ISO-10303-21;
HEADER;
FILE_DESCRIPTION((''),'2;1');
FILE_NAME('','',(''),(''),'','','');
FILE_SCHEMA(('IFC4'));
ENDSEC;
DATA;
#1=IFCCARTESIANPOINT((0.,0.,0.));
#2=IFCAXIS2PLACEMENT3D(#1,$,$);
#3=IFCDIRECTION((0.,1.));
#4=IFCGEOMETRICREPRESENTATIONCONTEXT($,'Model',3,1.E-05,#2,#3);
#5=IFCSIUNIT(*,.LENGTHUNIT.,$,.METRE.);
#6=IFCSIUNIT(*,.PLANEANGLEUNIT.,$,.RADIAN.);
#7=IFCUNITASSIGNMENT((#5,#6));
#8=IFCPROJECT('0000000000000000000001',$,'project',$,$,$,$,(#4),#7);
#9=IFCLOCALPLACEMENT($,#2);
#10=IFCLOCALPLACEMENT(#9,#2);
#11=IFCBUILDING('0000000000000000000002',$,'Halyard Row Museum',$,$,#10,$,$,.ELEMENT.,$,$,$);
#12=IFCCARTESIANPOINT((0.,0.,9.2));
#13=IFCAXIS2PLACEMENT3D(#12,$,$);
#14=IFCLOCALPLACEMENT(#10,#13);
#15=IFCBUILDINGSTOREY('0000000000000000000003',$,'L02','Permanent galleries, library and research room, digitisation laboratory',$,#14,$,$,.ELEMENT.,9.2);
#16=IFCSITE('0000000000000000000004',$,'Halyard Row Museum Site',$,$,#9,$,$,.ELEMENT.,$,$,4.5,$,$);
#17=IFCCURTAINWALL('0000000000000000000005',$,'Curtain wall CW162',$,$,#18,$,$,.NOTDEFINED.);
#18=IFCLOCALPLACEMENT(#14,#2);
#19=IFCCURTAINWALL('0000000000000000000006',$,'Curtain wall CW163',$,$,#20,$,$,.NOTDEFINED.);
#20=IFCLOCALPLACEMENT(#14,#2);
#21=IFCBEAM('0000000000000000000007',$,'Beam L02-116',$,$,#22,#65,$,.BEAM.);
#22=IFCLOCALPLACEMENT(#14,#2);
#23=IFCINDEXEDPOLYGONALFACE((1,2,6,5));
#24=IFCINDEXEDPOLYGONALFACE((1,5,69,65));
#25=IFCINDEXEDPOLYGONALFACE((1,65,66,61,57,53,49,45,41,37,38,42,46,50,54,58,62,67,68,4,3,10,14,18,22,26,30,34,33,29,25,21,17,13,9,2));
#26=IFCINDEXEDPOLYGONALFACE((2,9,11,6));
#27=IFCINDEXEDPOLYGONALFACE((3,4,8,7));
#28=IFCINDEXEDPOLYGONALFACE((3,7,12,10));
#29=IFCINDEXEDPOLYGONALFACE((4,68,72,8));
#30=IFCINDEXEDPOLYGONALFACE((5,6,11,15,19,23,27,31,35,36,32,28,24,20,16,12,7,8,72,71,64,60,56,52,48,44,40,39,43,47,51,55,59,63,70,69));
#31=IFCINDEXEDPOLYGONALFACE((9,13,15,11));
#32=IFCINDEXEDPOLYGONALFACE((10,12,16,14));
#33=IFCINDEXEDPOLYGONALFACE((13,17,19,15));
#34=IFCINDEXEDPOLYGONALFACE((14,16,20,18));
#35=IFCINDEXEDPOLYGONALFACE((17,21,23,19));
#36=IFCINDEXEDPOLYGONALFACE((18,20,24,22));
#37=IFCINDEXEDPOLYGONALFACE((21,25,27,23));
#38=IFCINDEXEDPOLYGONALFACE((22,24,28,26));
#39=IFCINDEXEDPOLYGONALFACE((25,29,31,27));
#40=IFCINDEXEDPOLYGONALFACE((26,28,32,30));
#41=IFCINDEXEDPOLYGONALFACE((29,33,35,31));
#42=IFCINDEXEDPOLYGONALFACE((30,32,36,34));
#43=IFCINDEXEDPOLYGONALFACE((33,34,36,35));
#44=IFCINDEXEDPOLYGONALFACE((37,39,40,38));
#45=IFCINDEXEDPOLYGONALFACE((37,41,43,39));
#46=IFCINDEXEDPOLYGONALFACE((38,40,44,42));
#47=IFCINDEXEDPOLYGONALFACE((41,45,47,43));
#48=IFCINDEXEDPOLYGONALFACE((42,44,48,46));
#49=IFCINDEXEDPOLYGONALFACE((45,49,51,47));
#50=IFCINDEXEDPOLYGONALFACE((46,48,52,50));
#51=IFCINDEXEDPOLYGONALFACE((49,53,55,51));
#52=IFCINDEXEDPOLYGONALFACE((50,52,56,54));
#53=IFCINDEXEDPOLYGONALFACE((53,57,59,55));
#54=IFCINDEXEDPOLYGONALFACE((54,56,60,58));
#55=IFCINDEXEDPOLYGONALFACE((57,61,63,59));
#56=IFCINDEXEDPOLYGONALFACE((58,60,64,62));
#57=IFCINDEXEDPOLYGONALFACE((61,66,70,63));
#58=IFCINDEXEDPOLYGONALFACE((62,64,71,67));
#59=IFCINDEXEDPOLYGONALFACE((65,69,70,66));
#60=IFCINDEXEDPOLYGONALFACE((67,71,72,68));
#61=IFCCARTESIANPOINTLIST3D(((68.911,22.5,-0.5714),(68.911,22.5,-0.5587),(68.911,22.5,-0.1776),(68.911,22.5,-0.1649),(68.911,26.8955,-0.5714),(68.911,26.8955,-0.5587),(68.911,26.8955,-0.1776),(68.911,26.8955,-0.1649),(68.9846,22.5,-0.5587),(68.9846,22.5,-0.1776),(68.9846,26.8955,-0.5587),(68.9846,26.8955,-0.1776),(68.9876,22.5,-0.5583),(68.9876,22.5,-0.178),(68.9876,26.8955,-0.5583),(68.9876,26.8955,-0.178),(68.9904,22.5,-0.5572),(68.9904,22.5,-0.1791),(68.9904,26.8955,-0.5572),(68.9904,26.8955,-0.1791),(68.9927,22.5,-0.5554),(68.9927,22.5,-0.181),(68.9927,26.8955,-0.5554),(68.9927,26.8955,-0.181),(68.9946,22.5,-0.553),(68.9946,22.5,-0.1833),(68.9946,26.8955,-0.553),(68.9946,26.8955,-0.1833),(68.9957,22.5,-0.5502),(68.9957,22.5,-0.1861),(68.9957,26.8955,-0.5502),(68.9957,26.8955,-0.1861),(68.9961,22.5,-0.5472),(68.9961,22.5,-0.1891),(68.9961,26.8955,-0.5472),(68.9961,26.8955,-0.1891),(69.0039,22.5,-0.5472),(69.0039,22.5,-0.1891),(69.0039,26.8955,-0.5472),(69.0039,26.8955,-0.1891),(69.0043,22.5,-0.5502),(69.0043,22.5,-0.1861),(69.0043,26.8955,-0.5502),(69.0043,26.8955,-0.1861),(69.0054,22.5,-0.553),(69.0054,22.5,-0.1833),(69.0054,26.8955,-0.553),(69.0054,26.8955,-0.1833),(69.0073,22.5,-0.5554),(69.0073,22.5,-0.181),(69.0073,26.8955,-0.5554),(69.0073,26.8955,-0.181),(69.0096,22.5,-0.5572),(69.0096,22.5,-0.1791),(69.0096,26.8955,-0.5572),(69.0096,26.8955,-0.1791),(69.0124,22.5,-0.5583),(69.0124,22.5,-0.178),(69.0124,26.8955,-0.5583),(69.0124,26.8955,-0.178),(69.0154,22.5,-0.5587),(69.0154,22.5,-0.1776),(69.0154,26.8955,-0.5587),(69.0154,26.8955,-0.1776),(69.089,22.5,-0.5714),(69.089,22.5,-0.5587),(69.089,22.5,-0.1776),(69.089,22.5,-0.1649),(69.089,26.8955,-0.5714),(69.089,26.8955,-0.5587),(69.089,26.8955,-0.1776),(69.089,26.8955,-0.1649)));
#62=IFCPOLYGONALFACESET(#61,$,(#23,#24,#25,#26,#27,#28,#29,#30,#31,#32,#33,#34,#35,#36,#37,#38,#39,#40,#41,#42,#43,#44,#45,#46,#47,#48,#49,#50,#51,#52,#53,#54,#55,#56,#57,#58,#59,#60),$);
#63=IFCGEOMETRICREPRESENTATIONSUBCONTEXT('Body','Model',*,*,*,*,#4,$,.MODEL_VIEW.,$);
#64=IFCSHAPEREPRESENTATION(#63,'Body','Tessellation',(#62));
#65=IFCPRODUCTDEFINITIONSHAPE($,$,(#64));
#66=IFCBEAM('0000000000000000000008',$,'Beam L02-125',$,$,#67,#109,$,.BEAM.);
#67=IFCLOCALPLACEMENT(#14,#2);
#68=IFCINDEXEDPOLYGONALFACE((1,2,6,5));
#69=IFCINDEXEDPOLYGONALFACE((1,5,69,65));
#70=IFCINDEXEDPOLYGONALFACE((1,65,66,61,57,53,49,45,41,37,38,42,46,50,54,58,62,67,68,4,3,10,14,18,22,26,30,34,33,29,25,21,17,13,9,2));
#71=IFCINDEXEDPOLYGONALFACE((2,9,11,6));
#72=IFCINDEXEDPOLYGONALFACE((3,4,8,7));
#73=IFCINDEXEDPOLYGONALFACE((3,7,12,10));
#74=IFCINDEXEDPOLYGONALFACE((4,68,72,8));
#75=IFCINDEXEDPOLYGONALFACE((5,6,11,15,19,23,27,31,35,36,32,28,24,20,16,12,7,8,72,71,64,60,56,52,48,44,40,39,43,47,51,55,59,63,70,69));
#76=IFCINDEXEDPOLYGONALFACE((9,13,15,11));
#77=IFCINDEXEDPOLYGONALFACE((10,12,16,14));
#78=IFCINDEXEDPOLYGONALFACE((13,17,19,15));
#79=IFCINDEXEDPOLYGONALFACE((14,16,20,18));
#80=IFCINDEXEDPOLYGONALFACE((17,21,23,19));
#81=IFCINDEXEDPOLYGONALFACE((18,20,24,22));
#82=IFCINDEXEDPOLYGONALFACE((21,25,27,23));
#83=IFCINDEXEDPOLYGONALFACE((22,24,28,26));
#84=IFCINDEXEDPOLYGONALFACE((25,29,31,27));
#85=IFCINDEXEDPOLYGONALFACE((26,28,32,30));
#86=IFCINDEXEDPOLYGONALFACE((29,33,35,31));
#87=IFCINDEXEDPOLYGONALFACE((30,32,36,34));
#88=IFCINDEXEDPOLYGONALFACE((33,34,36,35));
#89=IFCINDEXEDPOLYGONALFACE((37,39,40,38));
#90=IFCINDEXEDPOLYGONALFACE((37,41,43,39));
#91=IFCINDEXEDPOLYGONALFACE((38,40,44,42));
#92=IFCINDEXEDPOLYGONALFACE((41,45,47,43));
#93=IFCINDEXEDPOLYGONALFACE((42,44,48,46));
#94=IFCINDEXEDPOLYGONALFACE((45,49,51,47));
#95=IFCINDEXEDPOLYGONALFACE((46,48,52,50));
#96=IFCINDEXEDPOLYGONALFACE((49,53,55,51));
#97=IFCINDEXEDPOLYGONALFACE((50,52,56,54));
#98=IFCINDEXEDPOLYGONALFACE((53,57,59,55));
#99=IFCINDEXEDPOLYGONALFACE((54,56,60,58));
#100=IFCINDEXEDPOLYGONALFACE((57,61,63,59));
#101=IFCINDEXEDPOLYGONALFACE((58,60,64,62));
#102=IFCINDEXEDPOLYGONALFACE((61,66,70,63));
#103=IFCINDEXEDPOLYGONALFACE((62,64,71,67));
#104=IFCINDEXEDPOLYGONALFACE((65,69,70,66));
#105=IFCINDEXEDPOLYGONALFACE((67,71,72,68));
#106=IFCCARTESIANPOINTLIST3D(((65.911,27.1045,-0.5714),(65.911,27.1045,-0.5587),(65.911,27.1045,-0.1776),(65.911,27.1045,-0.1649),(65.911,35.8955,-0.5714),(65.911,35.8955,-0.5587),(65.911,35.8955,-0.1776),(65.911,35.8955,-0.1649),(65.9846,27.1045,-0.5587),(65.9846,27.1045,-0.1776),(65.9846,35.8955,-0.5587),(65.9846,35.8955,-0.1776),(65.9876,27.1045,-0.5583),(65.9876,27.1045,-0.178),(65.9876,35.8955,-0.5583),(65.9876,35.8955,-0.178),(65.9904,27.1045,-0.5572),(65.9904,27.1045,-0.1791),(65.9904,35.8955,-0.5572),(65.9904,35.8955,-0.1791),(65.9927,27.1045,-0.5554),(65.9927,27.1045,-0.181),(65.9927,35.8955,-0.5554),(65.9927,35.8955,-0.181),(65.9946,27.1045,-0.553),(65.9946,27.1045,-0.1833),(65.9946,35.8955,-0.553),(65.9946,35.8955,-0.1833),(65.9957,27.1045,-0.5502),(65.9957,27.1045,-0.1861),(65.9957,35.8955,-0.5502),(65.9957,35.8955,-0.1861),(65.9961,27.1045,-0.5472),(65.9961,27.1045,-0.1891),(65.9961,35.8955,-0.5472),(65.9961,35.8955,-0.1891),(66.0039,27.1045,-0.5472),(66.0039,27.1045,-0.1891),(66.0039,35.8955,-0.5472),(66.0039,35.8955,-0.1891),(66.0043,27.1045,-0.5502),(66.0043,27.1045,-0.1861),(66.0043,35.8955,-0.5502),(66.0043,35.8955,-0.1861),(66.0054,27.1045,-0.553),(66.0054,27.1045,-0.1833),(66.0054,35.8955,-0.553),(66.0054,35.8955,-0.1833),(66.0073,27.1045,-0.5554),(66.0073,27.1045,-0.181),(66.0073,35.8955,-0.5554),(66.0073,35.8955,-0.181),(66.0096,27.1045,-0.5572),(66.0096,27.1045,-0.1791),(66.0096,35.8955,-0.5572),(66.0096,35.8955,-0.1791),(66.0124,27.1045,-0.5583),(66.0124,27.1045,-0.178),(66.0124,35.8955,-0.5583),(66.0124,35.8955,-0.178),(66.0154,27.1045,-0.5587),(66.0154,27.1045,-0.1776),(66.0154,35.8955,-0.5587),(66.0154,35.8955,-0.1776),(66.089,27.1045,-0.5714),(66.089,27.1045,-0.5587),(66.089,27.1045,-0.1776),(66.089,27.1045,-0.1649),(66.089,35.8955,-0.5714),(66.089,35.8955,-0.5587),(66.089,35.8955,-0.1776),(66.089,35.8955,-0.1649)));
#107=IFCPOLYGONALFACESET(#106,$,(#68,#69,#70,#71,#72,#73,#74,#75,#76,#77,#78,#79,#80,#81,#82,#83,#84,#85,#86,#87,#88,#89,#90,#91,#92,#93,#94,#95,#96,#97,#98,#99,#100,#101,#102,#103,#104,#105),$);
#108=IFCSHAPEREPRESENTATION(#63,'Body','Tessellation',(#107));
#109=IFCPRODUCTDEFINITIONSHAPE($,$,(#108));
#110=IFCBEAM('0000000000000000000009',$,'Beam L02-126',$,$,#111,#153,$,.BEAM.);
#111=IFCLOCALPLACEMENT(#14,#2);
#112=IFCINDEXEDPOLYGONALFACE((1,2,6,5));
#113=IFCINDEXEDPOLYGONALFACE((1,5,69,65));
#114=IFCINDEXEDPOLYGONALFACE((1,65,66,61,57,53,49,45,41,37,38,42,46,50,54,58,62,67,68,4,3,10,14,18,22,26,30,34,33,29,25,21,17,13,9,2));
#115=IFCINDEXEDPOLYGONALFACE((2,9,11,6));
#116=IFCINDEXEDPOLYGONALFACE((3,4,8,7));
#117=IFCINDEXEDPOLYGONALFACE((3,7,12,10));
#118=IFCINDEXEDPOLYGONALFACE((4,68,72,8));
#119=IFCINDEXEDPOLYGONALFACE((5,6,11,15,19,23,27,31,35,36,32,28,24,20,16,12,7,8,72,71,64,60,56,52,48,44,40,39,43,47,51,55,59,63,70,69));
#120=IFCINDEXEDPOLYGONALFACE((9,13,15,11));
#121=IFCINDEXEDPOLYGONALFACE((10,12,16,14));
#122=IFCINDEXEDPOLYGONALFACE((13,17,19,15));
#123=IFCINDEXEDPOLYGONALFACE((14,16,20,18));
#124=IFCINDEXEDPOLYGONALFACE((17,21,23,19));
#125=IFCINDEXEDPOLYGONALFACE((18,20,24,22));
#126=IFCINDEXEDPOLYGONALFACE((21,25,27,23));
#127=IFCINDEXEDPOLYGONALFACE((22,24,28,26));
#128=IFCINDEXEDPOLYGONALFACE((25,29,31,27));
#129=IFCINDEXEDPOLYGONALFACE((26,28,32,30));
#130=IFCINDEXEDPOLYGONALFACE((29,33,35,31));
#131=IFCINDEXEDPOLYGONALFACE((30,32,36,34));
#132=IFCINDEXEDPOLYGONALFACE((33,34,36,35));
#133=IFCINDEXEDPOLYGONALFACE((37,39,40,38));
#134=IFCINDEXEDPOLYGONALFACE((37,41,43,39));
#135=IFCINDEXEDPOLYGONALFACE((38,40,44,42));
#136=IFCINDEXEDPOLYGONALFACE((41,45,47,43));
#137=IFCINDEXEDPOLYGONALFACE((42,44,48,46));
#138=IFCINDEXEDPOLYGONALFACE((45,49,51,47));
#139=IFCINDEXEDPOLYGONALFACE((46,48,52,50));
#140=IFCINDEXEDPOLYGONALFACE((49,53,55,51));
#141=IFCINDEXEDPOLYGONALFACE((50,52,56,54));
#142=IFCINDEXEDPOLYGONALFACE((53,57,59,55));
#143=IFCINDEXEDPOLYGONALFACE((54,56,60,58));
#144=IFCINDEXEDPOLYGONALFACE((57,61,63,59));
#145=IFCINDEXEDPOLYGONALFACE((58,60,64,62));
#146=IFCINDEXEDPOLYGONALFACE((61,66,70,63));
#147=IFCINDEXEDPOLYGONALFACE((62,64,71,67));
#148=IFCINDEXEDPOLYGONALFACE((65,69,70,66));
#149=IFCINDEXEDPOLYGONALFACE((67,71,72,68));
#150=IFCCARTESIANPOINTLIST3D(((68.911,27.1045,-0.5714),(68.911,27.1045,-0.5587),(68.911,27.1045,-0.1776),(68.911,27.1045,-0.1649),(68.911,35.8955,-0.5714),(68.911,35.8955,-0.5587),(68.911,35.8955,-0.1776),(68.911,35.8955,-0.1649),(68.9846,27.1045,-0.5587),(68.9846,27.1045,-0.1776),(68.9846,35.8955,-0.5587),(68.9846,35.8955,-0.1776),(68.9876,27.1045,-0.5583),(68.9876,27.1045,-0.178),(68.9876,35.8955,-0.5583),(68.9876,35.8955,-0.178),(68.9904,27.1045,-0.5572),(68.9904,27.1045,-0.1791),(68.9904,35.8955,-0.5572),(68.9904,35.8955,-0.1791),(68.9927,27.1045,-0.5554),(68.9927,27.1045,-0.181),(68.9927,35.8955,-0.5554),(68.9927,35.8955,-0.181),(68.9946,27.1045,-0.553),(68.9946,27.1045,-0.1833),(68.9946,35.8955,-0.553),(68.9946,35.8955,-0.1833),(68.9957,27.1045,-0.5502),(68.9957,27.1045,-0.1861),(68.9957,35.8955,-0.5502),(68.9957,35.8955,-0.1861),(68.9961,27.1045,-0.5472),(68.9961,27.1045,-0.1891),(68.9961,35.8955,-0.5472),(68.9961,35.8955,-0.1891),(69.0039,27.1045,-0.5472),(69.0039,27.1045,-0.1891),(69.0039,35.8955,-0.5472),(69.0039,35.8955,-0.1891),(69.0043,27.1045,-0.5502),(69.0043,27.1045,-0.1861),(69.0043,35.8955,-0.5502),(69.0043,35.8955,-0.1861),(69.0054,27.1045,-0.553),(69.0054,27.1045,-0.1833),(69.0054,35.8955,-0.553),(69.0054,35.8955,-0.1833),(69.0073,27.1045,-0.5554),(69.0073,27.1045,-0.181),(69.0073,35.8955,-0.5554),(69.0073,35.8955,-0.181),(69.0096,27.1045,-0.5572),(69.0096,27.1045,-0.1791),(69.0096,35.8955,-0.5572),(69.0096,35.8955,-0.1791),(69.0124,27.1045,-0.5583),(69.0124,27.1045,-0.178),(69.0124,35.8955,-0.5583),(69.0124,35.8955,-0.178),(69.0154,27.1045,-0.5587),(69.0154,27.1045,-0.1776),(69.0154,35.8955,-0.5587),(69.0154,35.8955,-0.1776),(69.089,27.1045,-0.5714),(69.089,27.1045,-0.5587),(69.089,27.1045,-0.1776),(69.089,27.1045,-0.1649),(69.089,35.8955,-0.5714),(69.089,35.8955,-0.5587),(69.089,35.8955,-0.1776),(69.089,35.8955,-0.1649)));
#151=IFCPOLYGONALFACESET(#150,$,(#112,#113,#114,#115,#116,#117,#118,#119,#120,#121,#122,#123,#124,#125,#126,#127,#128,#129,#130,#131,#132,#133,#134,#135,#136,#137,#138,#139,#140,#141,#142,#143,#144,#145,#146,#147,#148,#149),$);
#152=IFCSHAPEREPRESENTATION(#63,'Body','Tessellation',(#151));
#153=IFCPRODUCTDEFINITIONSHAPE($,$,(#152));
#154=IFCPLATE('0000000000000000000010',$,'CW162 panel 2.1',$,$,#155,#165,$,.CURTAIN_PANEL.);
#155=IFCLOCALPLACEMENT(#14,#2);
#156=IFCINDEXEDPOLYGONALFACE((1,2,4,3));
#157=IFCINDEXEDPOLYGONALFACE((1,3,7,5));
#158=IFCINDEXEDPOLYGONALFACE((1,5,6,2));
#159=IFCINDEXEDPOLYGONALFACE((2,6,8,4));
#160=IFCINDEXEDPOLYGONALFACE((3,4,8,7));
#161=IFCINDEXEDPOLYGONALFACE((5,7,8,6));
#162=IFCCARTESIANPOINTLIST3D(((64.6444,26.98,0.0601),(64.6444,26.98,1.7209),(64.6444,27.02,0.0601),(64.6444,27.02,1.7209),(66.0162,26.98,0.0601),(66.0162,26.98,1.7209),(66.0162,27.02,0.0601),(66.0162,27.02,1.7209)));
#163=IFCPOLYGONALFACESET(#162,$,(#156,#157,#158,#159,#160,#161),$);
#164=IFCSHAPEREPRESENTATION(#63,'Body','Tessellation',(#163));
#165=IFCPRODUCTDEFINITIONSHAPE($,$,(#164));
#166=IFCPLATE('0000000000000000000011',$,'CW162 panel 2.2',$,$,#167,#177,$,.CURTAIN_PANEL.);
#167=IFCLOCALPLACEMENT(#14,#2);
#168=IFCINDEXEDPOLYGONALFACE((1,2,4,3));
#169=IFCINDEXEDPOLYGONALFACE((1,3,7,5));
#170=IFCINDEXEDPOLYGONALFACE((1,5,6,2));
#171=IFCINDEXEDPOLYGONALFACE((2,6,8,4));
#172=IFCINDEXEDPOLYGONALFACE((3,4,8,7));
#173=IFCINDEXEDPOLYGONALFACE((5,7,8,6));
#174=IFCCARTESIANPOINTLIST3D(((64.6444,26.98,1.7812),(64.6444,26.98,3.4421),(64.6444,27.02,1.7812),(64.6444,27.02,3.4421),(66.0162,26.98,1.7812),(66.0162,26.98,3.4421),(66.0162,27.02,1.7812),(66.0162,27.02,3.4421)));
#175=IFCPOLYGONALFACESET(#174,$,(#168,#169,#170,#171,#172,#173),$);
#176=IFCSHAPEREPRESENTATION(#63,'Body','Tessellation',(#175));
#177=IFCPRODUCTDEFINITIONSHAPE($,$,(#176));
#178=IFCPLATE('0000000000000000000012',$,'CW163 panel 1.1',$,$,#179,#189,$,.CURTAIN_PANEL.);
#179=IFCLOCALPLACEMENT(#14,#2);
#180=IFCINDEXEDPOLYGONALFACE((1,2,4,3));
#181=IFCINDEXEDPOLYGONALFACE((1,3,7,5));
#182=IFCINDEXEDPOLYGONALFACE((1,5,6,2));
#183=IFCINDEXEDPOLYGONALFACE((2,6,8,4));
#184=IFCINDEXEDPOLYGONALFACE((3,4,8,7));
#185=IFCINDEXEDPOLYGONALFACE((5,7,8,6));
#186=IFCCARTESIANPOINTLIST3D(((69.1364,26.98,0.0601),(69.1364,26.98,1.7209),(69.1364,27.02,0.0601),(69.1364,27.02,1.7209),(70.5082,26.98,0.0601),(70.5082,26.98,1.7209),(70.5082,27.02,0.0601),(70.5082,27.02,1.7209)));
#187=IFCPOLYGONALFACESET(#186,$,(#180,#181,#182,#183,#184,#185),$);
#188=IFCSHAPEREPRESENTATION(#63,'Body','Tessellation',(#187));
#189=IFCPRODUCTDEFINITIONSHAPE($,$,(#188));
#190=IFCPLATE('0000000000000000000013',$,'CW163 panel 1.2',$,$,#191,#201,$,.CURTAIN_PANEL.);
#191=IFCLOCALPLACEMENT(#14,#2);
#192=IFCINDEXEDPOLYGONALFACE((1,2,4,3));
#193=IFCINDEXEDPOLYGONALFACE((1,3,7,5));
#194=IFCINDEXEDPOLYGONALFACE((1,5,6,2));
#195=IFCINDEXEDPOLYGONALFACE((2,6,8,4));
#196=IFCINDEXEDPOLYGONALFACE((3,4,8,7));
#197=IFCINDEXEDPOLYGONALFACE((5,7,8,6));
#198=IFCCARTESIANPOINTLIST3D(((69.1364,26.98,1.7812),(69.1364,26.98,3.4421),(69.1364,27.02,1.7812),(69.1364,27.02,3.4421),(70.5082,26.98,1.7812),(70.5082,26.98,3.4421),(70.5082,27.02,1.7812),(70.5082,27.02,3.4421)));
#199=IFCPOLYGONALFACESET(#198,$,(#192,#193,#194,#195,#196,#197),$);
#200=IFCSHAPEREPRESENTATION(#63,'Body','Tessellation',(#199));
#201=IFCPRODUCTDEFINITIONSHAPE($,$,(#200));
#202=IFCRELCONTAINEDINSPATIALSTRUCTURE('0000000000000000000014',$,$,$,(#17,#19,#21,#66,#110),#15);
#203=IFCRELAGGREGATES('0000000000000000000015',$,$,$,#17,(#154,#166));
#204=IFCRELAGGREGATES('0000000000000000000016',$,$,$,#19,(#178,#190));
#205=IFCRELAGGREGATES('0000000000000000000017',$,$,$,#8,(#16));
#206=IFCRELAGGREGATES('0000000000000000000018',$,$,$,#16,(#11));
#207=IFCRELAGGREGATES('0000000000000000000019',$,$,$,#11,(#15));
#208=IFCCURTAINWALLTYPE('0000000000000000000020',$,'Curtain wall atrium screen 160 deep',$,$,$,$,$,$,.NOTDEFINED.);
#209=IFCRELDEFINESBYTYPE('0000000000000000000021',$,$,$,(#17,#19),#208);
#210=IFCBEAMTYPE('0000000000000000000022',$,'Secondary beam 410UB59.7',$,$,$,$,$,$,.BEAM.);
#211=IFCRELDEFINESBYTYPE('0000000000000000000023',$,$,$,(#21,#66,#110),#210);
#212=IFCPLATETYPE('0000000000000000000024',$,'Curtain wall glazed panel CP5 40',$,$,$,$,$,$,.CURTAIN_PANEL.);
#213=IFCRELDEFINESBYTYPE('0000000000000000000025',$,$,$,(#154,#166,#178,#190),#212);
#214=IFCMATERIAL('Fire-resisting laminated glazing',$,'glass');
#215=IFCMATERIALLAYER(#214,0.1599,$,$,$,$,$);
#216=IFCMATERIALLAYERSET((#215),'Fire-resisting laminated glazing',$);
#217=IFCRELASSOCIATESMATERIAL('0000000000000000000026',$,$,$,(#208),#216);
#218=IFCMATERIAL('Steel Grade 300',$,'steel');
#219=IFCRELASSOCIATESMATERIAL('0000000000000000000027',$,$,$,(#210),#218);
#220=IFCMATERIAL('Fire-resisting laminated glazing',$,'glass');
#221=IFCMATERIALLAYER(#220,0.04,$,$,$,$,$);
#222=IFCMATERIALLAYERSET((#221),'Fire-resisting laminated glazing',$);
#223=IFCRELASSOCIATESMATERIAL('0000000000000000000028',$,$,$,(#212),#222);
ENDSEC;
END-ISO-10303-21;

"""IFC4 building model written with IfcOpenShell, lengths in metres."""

from ifc_helpers import new_model, si_unit, direction, frame, origin, origin_2d, place, context, subcontext, project, spatial, rectangle, i_section, extrude, material, layer, layer_set, material_profile, profile_set, type_object, element, aggregate, save


model = new_model("IFC4")

# Units and contexts
model_context = context("Model", 3, precision=1e-05, world=origin(), true_north=direction((0.0, 1.0)))
body_context = subcontext(model_context, "Body", "Model", "MODEL_VIEW")
ifc_project = project(units=[si_unit("LENGTHUNIT", "METRE"), si_unit("PLANEANGLEUNIT", "RADIAN")], contexts=[model_context])

# Site, building, storey
site_placement = place(None, origin())
site = spatial("IfcSite", under=ifc_project, at=site_placement, Name="Halyard Row Museum Site", CompositionType="ELEMENT", RefElevation=4.5)
building_placement = place(site_placement, origin())
building = spatial("IfcBuilding", under=site, at=building_placement, Name="Halyard Row Museum", CompositionType="ELEMENT")
storey_placement = place(building_placement, frame((0.0, 0.0, 9.2)))
storey = spatial("IfcBuildingStorey", under=building, at=storey_placement, Name="L02", Description="Permanent galleries, library and research room, digitisation laboratory", CompositionType="ELEMENT", Elevation=9.2)

# Curtain wall
ifc_material_1 = material(Name="Fire-resisting laminated glazing", Category="glass")
ifc_layer_1 = layer(ifc_material_1, 0.1599)
ifc_layer_set_1 = layer_set([ifc_layer_1], Name="Fire-resisting laminated glazing")
curtain_wall_type = type_object("IfcCurtainWallType", Name="Curtain wall atrium screen 160 deep", PredefinedType="NOTDEFINED", material=ifc_layer_set_1)
curtain_wall_1_placement = place(storey_placement, origin())
curtain_wall_1 = element("IfcCurtainWall", 1, at=curtain_wall_1_placement, inside=storey, type_object=curtain_wall_type, Name="Curtain wall CW162", PredefinedType="NOTDEFINED")

# Curtain wall
curtain_wall_2_placement = place(storey_placement, origin())
curtain_wall_2 = element("IfcCurtainWall", 2, at=curtain_wall_2_placement, inside=storey, type_object=curtain_wall_type, Name="Curtain wall CW163", PredefinedType="NOTDEFINED")

# Beams
ifc_material_2 = material(Name="Steel Grade 300", Category="steel")
ifc_material_profile_1 = material_profile(ifc_material_2, i_section(OverallWidth=0.178, OverallDepth=0.4065, WebThickness=0.0078, FlangeThickness=0.0127, FilletRadius=0.0115, at=origin_2d()), Name="410UB59.7")
ifc_profile_set_1 = profile_set([ifc_material_profile_1], Name="Steel Grade 300")
beam_type = type_object("IfcBeamType", Name="Secondary beam 410UB59.7", PredefinedType="BEAM", material=ifc_profile_set_1)
for number, where, z_axis, x_axis, name in (
    (3, (69.0, 22.5, -0.3682), (0.0, 1.0, 0.0), (-1.0, 0.0, 0.0), "Beam L02-116"),
):
    element("IfcBeam", number, at=place(storey_placement, frame(where, z_axis=z_axis, x_axis=x_axis)), inside=storey, type_object=beam_type, Name=name, PredefinedType="BEAM", context=body_context, shape_type="SweptSolid", body=[
        extrude(i_section(OverallWidth=0.178, OverallDepth=0.4065, WebThickness=0.0078, FlangeThickness=0.0127, FilletRadius=0.0115, at=origin_2d()), origin(), (0.0, 0.0, 1.0), 4.3955),
    ])
for number, where, z_axis, x_axis, name in (
    (4, (66.0, 27.1045, -0.3682), (0.0, 1.0, 0.0), (-1.0, 0.0, 0.0), "Beam L02-125"),
    (5, (69.0, 27.1045, -0.3682), (0.0, 1.0, 0.0), (-1.0, 0.0, 0.0), "Beam L02-126"),
):
    element("IfcBeam", number, at=place(storey_placement, frame(where, z_axis=z_axis, x_axis=x_axis)), inside=storey, type_object=beam_type, Name=name, PredefinedType="BEAM", context=body_context, shape_type="SweptSolid", body=[
        extrude(i_section(OverallWidth=0.178, OverallDepth=0.4065, WebThickness=0.0078, FlangeThickness=0.0127, FilletRadius=0.0115, at=origin_2d()), origin(), (0.0, 0.0, 1.0), 8.791),
    ])

# Plates
ifc_material_3 = material(Name="Fire-resisting laminated glazing", Category="glass")
ifc_layer_2 = layer(ifc_material_3, 0.04)
ifc_layer_set_2 = layer_set([ifc_layer_2], Name="Fire-resisting laminated glazing")
plate_type = type_object("IfcPlateType", Name="Curtain wall glazed panel CP5 40", PredefinedType="CURTAIN_PANEL", material=ifc_layer_set_2)
plate_1_placement = place(storey_placement, frame((65.3303, 27.0, 0.0601), z_axis=(0.0, 0.0, 1.0), x_axis=(1.0, 0.0, 0.0)))
plate_1 = element("IfcPlate", 6, at=plate_1_placement, type_object=plate_type, Name="CW162 panel 2.1", PredefinedType="CURTAIN_PANEL", context=body_context, shape_type="SweptSolid", body=[
    extrude(rectangle(XDim=1.3718, YDim=0.04, at=origin_2d()), origin(), (0.0, 0.0, 1.0), 1.6609),
])
plate_2_placement = place(storey_placement, frame((65.3303, 27.0, 1.7812), z_axis=(0.0, 0.0, 1.0), x_axis=(1.0, 0.0, 0.0)))
plate_2 = element("IfcPlate", 7, at=plate_2_placement, type_object=plate_type, Name="CW162 panel 2.2", PredefinedType="CURTAIN_PANEL", context=body_context, shape_type="SweptSolid", body=[
    extrude(rectangle(XDim=1.3718, YDim=0.04, at=origin_2d()), origin(), (0.0, 0.0, 1.0), 1.6609),
])
aggregate(curtain_wall_1, [plate_1, plate_2])
plate_3_placement = place(storey_placement, frame((69.8223, 27.0, 0.0601), z_axis=(0.0, 0.0, 1.0), x_axis=(1.0, 0.0, 0.0)))
plate_3 = element("IfcPlate", 8, at=plate_3_placement, type_object=plate_type, Name="CW163 panel 1.1", PredefinedType="CURTAIN_PANEL", context=body_context, shape_type="SweptSolid", body=[
    extrude(rectangle(XDim=1.3718, YDim=0.04, at=origin_2d()), origin(), (0.0, 0.0, 1.0), 1.6609),
])
plate_4_placement = place(storey_placement, frame((69.8223, 27.0, 1.7812), z_axis=(0.0, 0.0, 1.0), x_axis=(1.0, 0.0, 0.0)))
plate_4 = element("IfcPlate", 9, at=plate_4_placement, type_object=plate_type, Name="CW163 panel 1.2", PredefinedType="CURTAIN_PANEL", context=body_context, shape_type="SweptSolid", body=[
    extrude(rectangle(XDim=1.3718, YDim=0.04, at=origin_2d()), origin(), (0.0, 0.0, 1.0), 1.6609),
])
aggregate(curtain_wall_2, [plate_3, plate_4])

save(model, "model.ifc")
